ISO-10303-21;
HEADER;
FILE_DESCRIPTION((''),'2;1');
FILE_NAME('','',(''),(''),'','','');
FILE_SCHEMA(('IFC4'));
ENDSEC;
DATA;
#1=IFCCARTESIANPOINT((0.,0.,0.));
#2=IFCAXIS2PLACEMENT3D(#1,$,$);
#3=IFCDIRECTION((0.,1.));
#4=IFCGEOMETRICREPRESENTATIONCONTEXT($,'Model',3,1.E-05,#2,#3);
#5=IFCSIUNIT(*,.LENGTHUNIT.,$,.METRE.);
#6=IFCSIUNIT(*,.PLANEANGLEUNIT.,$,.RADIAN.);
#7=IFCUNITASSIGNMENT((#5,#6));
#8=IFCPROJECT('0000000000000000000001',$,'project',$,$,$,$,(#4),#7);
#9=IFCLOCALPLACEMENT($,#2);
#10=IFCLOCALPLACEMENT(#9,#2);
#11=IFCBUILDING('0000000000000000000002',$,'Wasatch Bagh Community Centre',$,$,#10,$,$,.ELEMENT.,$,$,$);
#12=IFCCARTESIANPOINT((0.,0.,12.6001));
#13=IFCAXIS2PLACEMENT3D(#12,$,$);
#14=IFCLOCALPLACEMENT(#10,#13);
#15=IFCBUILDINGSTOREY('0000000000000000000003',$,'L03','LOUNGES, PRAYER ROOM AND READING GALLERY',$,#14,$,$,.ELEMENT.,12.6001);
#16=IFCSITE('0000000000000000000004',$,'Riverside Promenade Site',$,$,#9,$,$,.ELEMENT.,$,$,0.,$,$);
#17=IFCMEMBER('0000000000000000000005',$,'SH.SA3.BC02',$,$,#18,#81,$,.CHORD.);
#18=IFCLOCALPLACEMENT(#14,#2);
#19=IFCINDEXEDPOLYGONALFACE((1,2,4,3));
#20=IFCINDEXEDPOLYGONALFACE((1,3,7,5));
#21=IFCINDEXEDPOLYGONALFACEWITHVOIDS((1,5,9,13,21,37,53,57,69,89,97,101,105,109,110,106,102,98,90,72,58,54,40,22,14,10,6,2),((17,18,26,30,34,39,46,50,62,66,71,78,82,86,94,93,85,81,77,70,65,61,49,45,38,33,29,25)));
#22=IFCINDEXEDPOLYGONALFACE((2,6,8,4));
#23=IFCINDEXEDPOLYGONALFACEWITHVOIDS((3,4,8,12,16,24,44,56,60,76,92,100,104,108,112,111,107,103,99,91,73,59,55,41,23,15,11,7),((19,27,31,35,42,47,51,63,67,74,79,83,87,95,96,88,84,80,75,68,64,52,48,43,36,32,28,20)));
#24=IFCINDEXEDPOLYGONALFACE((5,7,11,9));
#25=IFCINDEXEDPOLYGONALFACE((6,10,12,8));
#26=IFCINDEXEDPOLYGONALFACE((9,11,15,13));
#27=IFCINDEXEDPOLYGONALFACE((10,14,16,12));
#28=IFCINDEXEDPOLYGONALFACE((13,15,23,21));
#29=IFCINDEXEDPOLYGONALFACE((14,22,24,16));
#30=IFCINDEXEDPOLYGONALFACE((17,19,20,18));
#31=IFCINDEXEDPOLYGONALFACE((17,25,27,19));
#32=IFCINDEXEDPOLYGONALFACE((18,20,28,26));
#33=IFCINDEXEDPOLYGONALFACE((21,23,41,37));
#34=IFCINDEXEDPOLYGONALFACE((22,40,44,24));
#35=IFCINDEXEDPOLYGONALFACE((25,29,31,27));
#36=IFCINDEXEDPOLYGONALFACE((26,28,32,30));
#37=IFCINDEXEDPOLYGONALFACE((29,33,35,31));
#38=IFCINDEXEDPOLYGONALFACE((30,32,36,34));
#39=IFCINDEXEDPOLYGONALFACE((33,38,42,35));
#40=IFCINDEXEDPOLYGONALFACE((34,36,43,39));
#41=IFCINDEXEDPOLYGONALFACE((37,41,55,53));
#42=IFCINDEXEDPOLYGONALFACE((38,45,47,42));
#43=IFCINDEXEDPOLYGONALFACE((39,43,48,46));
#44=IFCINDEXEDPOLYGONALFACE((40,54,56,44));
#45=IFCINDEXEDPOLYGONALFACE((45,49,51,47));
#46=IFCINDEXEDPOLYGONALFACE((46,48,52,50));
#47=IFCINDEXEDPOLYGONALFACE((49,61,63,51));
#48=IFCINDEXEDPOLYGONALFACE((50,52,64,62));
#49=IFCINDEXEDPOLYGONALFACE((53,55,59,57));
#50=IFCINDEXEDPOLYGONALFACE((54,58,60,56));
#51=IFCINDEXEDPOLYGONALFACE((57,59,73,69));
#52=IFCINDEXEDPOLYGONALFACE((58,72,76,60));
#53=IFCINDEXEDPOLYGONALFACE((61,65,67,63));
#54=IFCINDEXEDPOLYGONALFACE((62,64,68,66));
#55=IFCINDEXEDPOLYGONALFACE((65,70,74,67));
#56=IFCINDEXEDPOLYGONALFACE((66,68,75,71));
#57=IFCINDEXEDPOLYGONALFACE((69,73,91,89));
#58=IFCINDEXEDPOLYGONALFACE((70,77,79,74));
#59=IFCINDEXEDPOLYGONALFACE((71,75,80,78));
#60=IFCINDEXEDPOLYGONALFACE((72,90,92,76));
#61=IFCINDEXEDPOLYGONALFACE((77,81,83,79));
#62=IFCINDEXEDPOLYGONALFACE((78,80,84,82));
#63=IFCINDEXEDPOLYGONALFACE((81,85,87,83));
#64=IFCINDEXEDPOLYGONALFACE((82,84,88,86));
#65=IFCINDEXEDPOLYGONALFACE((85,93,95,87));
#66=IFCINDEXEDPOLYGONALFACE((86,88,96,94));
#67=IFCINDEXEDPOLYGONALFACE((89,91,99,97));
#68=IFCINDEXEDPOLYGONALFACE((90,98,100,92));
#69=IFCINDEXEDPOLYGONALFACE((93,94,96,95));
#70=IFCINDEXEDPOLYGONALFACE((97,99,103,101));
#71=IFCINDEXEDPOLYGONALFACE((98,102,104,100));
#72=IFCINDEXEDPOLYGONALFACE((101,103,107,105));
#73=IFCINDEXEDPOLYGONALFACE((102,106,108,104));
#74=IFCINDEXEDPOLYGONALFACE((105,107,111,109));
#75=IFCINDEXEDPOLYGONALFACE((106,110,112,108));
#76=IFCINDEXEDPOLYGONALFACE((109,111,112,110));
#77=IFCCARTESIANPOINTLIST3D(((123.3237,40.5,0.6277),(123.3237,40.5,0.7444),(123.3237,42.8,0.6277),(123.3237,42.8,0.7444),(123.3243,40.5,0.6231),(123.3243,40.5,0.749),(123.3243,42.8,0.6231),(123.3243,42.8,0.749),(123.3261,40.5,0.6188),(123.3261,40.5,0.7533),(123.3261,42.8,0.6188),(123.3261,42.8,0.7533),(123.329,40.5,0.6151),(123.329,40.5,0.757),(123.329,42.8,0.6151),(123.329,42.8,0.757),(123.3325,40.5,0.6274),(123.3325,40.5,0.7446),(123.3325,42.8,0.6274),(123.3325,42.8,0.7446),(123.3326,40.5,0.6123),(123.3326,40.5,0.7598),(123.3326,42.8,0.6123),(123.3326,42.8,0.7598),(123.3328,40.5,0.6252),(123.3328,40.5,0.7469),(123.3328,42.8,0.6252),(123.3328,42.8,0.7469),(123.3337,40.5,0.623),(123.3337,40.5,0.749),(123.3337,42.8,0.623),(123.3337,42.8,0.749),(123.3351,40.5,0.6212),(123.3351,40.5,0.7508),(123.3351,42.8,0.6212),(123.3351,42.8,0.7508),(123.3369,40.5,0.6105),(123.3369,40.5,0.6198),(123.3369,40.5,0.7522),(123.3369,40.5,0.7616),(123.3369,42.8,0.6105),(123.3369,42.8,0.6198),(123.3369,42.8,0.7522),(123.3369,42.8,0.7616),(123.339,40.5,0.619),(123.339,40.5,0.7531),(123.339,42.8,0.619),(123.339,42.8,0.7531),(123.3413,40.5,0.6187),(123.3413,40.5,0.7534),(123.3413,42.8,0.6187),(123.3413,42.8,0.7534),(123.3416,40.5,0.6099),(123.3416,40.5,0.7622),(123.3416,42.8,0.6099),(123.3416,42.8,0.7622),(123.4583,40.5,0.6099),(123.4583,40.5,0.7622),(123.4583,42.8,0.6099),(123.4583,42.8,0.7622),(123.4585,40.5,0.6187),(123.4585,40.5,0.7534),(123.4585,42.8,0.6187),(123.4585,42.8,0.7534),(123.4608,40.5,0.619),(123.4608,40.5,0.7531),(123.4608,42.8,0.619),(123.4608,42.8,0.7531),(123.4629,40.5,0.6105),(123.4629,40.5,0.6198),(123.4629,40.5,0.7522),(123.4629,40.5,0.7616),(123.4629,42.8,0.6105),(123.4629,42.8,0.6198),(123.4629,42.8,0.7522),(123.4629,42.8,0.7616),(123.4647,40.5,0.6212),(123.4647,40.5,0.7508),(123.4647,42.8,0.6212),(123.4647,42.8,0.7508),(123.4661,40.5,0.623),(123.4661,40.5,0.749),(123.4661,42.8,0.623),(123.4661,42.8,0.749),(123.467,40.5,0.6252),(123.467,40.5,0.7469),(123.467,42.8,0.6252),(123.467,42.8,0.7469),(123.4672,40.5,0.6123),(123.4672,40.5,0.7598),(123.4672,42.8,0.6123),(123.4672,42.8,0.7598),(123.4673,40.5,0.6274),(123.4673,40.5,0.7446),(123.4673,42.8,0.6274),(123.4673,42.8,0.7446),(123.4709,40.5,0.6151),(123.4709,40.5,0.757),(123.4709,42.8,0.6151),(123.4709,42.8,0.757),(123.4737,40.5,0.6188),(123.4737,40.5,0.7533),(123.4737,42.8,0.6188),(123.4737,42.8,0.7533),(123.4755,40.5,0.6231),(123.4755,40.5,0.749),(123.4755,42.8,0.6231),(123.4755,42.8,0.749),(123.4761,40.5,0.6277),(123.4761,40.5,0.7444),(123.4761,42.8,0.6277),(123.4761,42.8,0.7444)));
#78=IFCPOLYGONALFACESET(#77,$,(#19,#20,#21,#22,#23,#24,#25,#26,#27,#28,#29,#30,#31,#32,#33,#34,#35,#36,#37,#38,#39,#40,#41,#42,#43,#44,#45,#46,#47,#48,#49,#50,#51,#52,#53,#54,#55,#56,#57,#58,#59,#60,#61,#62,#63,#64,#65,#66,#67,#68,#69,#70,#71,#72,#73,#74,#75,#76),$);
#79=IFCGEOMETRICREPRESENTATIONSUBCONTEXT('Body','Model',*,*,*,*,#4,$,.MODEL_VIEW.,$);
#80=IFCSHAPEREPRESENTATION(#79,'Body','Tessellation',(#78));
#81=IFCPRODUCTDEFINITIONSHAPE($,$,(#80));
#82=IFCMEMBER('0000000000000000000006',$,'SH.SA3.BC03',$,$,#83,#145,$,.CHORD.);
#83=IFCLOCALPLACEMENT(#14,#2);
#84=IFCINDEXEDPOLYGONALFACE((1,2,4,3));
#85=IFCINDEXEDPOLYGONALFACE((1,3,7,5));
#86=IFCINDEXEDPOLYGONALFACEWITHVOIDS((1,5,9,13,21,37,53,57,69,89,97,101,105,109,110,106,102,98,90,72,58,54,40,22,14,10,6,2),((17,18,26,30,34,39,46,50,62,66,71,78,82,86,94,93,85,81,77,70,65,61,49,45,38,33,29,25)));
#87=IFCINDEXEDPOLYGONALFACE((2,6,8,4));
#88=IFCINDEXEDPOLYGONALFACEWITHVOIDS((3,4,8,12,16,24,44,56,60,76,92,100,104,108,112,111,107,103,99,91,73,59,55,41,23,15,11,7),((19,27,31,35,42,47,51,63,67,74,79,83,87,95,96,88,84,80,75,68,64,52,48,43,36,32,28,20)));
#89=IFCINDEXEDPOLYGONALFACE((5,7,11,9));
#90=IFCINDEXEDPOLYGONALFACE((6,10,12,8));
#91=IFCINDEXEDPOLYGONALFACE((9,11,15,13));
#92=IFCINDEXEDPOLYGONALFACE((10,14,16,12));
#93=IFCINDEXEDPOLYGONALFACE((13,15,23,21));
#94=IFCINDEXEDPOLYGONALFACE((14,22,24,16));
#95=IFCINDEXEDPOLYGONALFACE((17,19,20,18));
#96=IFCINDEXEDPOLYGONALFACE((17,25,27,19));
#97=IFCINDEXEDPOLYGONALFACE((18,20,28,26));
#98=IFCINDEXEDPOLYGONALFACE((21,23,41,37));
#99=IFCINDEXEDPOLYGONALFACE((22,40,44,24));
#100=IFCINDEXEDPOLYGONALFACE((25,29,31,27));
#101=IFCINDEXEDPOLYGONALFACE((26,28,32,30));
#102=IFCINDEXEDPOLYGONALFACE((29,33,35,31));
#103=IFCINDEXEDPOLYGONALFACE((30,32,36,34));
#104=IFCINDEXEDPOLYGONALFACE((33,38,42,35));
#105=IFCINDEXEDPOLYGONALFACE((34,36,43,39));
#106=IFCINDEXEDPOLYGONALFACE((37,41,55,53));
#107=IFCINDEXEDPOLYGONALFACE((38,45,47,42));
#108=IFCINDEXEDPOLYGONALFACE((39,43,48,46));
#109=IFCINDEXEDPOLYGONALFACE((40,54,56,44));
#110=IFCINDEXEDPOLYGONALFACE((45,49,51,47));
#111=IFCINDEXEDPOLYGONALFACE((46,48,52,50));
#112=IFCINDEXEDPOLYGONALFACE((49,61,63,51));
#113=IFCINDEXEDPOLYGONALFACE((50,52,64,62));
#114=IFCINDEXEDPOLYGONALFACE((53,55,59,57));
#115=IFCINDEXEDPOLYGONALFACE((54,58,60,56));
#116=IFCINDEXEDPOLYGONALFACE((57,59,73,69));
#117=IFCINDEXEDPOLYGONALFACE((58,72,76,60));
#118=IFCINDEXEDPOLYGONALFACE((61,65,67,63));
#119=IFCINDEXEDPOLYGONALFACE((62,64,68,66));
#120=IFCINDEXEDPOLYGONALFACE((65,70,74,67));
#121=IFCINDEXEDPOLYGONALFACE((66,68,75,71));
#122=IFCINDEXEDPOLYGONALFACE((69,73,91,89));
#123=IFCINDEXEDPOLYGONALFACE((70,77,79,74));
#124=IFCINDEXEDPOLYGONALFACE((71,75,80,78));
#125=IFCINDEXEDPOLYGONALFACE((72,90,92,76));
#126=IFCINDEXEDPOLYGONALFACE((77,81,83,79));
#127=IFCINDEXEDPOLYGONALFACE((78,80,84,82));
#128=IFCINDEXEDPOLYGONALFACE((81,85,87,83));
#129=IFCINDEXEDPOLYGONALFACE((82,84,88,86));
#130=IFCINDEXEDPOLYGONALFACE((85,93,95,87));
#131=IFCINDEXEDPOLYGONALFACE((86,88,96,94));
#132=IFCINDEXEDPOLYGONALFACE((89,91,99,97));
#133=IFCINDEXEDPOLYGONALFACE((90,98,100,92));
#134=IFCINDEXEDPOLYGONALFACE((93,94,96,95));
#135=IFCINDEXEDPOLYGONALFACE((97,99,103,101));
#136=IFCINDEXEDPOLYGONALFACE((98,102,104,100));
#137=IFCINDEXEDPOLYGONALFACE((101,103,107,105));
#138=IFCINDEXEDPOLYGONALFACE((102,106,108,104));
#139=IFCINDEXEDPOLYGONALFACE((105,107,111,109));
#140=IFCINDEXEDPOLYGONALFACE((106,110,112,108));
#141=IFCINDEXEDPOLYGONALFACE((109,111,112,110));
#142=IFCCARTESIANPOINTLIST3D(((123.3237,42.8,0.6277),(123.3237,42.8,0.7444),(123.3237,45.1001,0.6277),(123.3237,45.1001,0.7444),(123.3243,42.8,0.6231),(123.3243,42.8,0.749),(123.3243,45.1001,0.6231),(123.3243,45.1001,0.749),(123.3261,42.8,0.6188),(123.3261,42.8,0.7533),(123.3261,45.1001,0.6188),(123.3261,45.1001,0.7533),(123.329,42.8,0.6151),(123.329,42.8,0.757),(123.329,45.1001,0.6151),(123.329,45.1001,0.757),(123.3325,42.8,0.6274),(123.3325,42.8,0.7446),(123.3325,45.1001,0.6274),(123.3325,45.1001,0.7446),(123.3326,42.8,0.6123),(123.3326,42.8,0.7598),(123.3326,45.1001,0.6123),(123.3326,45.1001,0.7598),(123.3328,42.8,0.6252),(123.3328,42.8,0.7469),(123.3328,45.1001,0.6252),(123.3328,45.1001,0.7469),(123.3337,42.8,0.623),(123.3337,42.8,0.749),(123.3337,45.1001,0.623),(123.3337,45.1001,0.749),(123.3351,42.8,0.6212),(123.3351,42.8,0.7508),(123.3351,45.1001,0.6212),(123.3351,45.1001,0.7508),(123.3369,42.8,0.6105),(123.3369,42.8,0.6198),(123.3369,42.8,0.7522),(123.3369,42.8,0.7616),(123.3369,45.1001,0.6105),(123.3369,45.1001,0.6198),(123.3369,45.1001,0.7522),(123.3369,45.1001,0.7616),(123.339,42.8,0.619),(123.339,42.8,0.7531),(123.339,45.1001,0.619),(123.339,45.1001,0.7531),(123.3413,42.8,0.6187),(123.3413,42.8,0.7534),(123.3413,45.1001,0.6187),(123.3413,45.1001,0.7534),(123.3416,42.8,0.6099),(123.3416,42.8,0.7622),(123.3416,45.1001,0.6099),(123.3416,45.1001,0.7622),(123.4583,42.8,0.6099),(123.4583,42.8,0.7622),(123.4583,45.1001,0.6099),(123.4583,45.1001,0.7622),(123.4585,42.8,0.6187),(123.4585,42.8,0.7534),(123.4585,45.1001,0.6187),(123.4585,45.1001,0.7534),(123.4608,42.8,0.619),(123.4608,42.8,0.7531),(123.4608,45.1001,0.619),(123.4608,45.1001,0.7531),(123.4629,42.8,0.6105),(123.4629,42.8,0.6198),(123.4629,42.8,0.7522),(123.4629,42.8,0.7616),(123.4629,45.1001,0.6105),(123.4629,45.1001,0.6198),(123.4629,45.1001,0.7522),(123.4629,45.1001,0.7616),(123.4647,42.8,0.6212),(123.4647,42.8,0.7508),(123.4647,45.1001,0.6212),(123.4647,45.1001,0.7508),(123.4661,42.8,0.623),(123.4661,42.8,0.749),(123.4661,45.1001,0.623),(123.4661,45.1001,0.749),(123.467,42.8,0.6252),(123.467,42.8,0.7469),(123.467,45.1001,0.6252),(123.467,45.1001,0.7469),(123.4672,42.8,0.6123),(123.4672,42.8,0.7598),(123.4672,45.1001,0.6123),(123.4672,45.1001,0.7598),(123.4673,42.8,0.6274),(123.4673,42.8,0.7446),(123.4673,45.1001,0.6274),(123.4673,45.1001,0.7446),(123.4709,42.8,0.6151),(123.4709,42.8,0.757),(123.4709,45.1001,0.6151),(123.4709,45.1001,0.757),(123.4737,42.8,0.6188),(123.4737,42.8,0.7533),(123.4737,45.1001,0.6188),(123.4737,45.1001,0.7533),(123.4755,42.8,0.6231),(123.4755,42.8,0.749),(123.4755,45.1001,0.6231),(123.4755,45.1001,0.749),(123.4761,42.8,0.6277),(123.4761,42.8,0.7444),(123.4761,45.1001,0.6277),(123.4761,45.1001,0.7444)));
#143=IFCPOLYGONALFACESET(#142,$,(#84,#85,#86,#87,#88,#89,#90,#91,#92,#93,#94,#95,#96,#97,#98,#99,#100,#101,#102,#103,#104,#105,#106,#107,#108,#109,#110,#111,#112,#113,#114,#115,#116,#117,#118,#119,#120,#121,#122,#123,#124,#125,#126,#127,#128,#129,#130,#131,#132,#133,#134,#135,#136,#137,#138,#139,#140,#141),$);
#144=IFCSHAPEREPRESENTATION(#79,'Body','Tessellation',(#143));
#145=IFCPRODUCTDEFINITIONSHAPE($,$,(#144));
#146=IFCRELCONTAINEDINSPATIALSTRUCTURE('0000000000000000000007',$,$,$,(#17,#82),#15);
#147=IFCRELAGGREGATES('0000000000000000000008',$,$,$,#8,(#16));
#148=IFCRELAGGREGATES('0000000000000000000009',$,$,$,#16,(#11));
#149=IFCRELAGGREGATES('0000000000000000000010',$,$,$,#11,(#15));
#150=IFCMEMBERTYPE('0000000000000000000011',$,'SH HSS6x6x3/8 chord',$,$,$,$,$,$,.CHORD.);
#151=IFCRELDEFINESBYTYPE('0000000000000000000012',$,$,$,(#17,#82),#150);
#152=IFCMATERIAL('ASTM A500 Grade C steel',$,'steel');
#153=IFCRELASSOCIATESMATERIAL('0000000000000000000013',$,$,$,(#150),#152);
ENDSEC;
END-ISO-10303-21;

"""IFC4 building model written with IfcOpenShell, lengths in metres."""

from ifc_helpers import new_model, si_unit, direction, frame, origin, origin_2d, place, context, subcontext, project, spatial, hollow_rectangle, extrude, material, material_profile, profile_set, type_object, element, save


model = new_model("IFC4")

# Units and contexts
model_context = context("Model", 3, precision=1e-05, world=origin(), true_north=direction((0.0, 1.0)))
body_context = subcontext(model_context, "Body", "Model", "MODEL_VIEW")
ifc_project = project(units=[si_unit("LENGTHUNIT", "METRE"), si_unit("PLANEANGLEUNIT", "RADIAN")], contexts=[model_context])

# Site, building, storey
site_placement = place(None, origin())
site = spatial("IfcSite", under=ifc_project, at=site_placement, Name="Riverside Promenade Site", CompositionType="ELEMENT", RefElevation=0.0)
building_placement = place(site_placement, origin())
building = spatial("IfcBuilding", under=site, at=building_placement, Name="Wasatch Bagh Community Centre", CompositionType="ELEMENT")
storey_placement = place(building_placement, frame((0.0, 0.0, 12.6001)))
storey = spatial("IfcBuildingStorey", under=building, at=storey_placement, Name="L03", Description="LOUNGES, PRAYER ROOM AND READING GALLERY", CompositionType="ELEMENT", Elevation=12.6001)

# Members
ifc_material_1 = material(Name="ASTM A500 Grade C steel", Category="steel")
ifc_material_profile_1 = material_profile(ifc_material_1, hollow_rectangle(XDim=0.1523, YDim=0.1523, WallThickness=0.0088, InnerFilletRadius=0.0088, OuterFilletRadius=0.0178, at=origin_2d()), Name="HSS6x6x3/8")
ifc_profile_set_1 = profile_set([ifc_material_profile_1], Name="ASTM A500 Grade C steel")
member_type_1 = type_object("IfcMemberType", Name="SH HSS6x6x3/8 chord", PredefinedType="CHORD", material=ifc_profile_set_1)
for number, where, z_axis, x_axis, name in (
    (1, (123.3999, 40.5, 0.686), (0.0, 1.0, 0.0), (-1.0, 0.0, 0.0), "SH.SA3.BC02"),
    (2, (123.3999, 42.8, 0.686), (0.0, 1.0, 0.0), (-1.0, 0.0, 0.0), "SH.SA3.BC03"),
):
    element("IfcMember", number, at=place(storey_placement, frame(where, z_axis=z_axis, x_axis=x_axis)), inside=storey, type_object=member_type_1, Name=name, PredefinedType="CHORD", context=body_context, shape_type="SweptSolid", body=[
        extrude(hollow_rectangle(XDim=0.1523, YDim=0.1523, WallThickness=0.0088, InnerFilletRadius=0.0088, OuterFilletRadius=0.0178, at=origin_2d()), origin(), (0.0, 0.0, 1.0), 2.3),
    ])

save(model, "model.ifc")
